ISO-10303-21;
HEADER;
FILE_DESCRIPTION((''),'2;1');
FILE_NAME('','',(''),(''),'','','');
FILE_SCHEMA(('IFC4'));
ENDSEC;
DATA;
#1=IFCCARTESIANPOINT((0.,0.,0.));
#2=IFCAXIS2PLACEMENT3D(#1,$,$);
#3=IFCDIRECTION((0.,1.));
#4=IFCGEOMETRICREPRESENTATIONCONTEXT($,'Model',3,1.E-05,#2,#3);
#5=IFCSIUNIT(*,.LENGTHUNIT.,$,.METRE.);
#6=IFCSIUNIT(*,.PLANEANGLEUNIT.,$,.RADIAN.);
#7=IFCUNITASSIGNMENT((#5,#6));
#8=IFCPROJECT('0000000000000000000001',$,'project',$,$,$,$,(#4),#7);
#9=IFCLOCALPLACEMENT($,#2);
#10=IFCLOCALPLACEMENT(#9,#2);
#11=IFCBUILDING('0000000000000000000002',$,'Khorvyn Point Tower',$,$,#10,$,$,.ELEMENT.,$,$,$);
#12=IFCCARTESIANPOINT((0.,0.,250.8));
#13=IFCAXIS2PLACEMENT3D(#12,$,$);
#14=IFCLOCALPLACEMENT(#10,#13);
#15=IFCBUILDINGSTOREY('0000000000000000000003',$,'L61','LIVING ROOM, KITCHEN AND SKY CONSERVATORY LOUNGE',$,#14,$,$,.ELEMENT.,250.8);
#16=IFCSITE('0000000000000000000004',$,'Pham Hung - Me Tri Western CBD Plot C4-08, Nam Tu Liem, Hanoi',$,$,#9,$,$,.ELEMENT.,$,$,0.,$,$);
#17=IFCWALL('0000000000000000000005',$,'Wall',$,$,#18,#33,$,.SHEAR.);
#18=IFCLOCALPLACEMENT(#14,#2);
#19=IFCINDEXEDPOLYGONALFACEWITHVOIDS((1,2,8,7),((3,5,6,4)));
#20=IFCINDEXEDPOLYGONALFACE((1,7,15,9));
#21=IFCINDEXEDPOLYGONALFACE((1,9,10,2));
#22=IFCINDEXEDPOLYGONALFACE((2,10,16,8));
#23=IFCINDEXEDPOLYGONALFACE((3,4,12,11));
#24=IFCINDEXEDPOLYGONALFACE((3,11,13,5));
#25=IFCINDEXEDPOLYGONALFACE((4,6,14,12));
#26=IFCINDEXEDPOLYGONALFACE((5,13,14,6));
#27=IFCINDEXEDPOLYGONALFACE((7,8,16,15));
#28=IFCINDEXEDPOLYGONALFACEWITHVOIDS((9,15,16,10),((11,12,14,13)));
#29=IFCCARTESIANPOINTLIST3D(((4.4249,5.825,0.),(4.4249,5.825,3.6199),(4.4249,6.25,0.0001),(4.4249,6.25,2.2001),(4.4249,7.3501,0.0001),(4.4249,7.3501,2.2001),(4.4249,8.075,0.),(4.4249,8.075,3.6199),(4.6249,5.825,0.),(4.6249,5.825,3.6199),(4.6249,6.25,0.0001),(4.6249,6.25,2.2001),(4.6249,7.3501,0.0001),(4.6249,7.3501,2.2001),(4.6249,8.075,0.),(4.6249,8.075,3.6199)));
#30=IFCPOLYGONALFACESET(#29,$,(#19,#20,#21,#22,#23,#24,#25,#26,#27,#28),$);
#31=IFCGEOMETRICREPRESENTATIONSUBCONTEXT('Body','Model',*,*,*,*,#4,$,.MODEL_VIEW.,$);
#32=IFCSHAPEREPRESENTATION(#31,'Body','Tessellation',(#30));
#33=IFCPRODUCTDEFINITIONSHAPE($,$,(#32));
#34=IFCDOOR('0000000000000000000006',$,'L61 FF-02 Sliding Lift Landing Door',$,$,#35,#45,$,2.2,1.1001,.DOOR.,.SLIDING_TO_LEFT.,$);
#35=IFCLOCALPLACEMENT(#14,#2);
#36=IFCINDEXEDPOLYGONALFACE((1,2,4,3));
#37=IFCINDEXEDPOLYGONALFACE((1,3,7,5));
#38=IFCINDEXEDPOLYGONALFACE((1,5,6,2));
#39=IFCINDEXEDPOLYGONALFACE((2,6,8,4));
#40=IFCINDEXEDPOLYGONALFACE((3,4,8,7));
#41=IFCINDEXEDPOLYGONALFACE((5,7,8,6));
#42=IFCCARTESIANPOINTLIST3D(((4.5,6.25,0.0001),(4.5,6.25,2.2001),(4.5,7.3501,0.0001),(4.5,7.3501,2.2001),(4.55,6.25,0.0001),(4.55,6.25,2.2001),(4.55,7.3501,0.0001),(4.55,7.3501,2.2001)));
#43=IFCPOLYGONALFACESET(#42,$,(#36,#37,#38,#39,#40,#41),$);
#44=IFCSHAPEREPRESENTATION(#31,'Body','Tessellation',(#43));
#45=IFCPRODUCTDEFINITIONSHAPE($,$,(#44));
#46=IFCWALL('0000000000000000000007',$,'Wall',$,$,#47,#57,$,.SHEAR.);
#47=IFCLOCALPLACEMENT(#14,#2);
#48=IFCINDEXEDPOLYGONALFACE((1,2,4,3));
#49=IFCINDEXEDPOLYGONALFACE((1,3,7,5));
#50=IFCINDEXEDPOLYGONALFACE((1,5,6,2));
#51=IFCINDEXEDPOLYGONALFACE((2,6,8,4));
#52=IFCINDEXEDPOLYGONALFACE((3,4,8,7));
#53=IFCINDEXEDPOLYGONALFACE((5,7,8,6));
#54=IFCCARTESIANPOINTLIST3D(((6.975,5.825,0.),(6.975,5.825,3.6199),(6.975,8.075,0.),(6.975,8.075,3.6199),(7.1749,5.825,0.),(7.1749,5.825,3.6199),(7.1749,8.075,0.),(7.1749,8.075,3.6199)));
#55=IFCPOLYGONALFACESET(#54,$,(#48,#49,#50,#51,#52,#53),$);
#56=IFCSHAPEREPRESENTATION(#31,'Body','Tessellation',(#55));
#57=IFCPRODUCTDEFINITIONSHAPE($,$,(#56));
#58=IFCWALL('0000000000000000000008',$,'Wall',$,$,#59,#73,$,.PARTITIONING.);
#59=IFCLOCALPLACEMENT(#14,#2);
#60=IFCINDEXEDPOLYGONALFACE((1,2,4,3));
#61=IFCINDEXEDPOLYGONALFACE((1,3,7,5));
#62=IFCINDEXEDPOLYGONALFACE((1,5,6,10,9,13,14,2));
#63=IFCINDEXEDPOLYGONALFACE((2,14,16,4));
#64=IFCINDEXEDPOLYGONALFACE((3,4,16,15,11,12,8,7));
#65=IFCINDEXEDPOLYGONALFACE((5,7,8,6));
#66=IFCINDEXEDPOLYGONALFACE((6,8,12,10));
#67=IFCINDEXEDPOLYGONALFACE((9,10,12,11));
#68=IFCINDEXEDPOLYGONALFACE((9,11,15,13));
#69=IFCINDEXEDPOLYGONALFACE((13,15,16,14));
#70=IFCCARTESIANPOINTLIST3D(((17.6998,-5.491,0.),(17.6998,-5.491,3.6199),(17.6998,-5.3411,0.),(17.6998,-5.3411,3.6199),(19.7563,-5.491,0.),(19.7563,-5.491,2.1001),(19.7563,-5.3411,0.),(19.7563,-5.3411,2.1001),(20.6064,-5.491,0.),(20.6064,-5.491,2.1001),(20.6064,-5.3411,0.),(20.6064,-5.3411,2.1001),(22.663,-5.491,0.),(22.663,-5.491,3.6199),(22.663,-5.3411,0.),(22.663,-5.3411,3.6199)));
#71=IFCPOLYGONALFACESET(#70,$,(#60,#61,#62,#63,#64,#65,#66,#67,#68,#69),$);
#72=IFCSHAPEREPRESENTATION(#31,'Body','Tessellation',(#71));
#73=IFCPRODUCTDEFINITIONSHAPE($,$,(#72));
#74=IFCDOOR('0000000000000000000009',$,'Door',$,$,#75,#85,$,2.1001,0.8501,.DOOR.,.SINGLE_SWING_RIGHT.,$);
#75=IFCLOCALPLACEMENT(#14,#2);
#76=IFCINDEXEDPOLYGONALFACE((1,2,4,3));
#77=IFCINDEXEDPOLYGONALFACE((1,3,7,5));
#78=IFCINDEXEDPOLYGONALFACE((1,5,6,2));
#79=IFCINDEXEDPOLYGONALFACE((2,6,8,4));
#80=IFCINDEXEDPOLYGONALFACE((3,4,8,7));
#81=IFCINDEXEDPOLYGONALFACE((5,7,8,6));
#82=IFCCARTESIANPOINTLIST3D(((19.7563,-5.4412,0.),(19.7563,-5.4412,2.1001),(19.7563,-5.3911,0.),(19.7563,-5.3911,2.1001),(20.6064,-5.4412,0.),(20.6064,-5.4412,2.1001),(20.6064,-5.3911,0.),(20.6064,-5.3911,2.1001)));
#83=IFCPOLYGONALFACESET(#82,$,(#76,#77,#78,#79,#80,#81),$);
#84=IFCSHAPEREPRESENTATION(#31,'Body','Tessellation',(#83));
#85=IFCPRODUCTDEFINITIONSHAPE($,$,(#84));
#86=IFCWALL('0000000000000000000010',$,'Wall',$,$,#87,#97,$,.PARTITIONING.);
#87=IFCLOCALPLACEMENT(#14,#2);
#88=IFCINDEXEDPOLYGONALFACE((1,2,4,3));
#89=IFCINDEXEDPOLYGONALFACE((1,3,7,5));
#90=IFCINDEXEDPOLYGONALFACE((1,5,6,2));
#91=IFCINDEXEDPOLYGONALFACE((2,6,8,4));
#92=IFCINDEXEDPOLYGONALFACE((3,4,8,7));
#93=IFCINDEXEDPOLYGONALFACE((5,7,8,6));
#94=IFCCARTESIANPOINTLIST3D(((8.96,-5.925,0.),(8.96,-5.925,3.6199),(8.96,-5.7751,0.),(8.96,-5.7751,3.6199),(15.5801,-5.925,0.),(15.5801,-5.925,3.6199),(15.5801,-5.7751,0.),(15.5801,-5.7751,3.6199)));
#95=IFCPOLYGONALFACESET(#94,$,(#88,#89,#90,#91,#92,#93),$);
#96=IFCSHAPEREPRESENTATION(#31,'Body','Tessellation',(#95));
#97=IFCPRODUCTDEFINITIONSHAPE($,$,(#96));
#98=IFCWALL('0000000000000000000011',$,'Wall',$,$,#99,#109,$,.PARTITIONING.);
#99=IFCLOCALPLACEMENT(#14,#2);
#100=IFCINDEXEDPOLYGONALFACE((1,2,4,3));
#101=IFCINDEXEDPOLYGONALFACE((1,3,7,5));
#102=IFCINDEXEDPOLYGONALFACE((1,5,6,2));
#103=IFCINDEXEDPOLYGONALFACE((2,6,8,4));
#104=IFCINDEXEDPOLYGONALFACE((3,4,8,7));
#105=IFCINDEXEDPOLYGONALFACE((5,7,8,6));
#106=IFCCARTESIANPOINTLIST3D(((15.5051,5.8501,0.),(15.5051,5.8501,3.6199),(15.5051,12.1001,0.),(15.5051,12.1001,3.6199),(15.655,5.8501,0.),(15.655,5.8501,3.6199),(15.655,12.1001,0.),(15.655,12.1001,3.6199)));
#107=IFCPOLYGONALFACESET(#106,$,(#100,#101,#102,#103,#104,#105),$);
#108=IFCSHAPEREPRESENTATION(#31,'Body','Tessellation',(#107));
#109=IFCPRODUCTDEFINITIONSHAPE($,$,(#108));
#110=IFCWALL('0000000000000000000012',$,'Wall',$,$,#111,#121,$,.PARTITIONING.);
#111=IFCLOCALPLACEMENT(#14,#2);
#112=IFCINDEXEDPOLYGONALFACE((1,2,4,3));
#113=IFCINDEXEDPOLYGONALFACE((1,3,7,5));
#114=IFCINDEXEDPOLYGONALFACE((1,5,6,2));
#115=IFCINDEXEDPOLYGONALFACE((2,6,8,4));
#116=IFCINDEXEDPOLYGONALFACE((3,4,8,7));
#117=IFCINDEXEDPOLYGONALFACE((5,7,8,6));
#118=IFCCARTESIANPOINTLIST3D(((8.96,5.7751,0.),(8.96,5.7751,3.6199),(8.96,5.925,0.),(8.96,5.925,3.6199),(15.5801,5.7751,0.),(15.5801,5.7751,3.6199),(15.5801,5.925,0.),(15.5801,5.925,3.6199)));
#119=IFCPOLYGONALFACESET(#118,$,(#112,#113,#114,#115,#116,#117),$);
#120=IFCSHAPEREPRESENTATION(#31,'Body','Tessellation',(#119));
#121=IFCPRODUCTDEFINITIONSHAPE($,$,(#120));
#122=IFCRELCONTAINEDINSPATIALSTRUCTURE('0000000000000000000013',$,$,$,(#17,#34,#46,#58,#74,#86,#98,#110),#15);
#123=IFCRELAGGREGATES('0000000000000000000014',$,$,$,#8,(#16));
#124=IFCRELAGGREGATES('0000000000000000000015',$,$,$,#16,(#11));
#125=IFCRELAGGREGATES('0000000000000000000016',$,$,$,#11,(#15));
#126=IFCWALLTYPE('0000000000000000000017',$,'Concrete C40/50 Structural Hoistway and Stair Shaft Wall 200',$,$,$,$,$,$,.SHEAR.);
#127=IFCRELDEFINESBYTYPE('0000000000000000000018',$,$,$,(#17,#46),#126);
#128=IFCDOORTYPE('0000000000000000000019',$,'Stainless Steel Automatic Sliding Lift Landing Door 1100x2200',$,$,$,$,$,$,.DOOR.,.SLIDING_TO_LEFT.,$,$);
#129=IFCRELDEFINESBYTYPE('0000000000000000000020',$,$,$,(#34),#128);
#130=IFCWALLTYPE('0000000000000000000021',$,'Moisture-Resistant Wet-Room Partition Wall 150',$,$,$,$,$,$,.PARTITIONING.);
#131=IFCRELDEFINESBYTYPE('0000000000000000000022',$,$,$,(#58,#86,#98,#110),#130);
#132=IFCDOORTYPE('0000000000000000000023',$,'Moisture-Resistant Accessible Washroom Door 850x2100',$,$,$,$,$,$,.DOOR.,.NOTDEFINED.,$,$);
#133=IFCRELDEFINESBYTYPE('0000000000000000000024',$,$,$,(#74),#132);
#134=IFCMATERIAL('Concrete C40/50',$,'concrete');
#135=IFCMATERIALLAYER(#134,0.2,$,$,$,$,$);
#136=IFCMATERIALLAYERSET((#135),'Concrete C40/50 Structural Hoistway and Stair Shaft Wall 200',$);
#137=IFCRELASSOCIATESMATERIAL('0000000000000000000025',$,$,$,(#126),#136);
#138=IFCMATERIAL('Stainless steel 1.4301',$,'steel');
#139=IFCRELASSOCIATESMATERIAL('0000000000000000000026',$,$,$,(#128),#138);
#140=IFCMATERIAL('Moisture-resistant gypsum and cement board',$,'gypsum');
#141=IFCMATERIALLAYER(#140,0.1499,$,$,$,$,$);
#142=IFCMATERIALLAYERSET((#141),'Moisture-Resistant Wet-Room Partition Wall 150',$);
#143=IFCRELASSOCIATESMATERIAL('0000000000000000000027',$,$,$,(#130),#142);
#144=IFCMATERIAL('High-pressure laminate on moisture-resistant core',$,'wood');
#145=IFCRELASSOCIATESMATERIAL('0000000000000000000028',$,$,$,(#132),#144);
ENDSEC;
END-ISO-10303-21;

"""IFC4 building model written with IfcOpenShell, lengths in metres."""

from ifc_helpers import new_model, si_unit, direction, frame, frame_2d, origin, place, context, subcontext, project, spatial, rectangle, extrude, material, layer, layer_set, type_object, element, fill, save


model = new_model("IFC4")

# Units and contexts
model_context = context("Model", 3, precision=1e-05, world=origin(), true_north=direction((0.0, 1.0)))
body_context = subcontext(model_context, "Body", "Model", "MODEL_VIEW")
ifc_project = project(units=[si_unit("LENGTHUNIT", "METRE"), si_unit("PLANEANGLEUNIT", "RADIAN")], contexts=[model_context])

# Site, building, storey
site_placement = place(None, origin())
site = spatial("IfcSite", under=ifc_project, at=site_placement, Name="Pham Hung - Me Tri Western CBD Plot C4-08, Nam Tu Liem, Hanoi", CompositionType="ELEMENT", RefElevation=0.0)
building_placement = place(site_placement, origin())
building = spatial("IfcBuilding", under=site, at=building_placement, Name="Khorvyn Point Tower", CompositionType="ELEMENT")
storey_placement = place(building_placement, frame((0.0, 0.0, 250.8)))
storey = spatial("IfcBuildingStorey", under=building, at=storey_placement, Name="L61", Description="LIVING ROOM, KITCHEN AND SKY CONSERVATORY LOUNGE", CompositionType="ELEMENT", Elevation=250.8)

# Shared definitions
ifc_material_1 = material(Name="Concrete C40/50", Category="concrete")

# Wall, opening, door
ifc_layer_1 = layer(ifc_material_1, 0.2)
ifc_layer_set_1 = layer_set([ifc_layer_1], Name="Concrete C40/50 Structural Hoistway and Stair Shaft Wall 200")
wall_type_1 = type_object("IfcWallType", Name="Concrete C40/50 Structural Hoistway and Stair Shaft Wall 200", PredefinedType="SHEAR", material=ifc_layer_set_1)
wall_1_placement = place(storey_placement, frame((4.5249, 5.825, 0.0), z_axis=(0.0, 0.0, 1.0), x_axis=(0.0, 1.0, 0.0)))
wall_1 = element("IfcWall", 1, at=wall_1_placement, inside=storey, type_object=wall_type_1, Name="Wall", PredefinedType="SHEAR", context=body_context, shape_type="SweptSolid", body=[
    extrude(rectangle(XDim=2.25, YDim=0.2, at=frame_2d((1.125, 0.0))), origin(), (0.0, 0.0, 1.0), 3.6199),
])
opening_1_placement = place(wall_1_placement, frame((0.425, 0.0, 0.0)))
opening_1 = element("IfcOpeningElement", 2, at=opening_1_placement, cuts=wall_1, PredefinedType="OPENING", context=body_context, shape_type="SweptSolid", body=[
    extrude(rectangle(XDim=1.1001, YDim=2.2, at=frame_2d((0.55, 1.1001))), frame((0.0, 0.1099, 0.0), z_axis=(0.0, -1.0, 0.0), x_axis=(1.0, 0.0, 0.0)), (0.0, 0.0, 1.0), 0.22),
])
ifc_material_2 = material(Name="Stainless steel 1.4301", Category="steel")
door_type_1 = type_object("IfcDoorType", Name="Stainless Steel Automatic Sliding Lift Landing Door 1100x2200", OperationType="SLIDING_TO_LEFT", PredefinedType="DOOR", material=ifc_material_2)
door_1_placement = place(opening_1_placement, origin())
door_1 = element("IfcDoor", 3, at=door_1_placement, inside=storey, type_object=door_type_1, Name="L61 FF-02 Sliding Lift Landing Door", OperationType="SLIDING_TO_LEFT", OverallHeight=2.2, OverallWidth=1.1001, PredefinedType="DOOR", context=body_context, shape_type="SweptSolid", body=[
    extrude(rectangle(XDim=1.1001, YDim=2.2, at=frame_2d((0.55, 1.1001))), frame((0.0, 0.0249, 0.0), z_axis=(0.0, -1.0, 0.0), x_axis=(1.0, 0.0, 0.0)), (0.0, 0.0, 1.0), 0.05),
])
fill(opening_1, door_1)

# Wall
wall_2_placement = place(storey_placement, frame((7.075, 5.825, 0.0), z_axis=(0.0, 0.0, 1.0), x_axis=(0.0, 1.0, 0.0)))
element("IfcWall", 4, at=wall_2_placement, inside=storey, type_object=wall_type_1, Name="Wall", PredefinedType="SHEAR", context=body_context, shape_type="SweptSolid", body=[
    extrude(rectangle(XDim=2.25, YDim=0.2, at=frame_2d((1.125, 0.0))), origin(), (0.0, 0.0, 1.0), 3.6199),
])

# Wall, opening, door
ifc_material_3 = material(Name="Moisture-resistant gypsum and cement board", Category="gypsum")
ifc_layer_2 = layer(ifc_material_3, 0.1499)
ifc_layer_set_2 = layer_set([ifc_layer_2], Name="Moisture-Resistant Wet-Room Partition Wall 150")
wall_type_2 = type_object("IfcWallType", Name="Moisture-Resistant Wet-Room Partition Wall 150", PredefinedType="PARTITIONING", material=ifc_layer_set_2)
wall_3_placement = place(storey_placement, frame((17.7, -5.416, 0.0), z_axis=(0.0, 0.0, 1.0), x_axis=(1.0, 0.0, 0.0)))
wall_3 = element("IfcWall", 5, at=wall_3_placement, inside=storey, type_object=wall_type_2, Name="Wall", PredefinedType="PARTITIONING", context=body_context, shape_type="SweptSolid", body=[
    extrude(rectangle(XDim=4.9631, YDim=0.1499, at=frame_2d((2.4814, 0.0))), origin(), (0.0, 0.0, 1.0), 3.6199),
])
opening_2_placement = place(wall_3_placement, frame((2.0564, 0.0, 0.0)))
opening_2 = element("IfcOpeningElement", 6, at=opening_2_placement, cuts=wall_3, PredefinedType="OPENING", context=body_context, shape_type="SweptSolid", body=[
    extrude(rectangle(XDim=0.8501, YDim=2.1001, at=frame_2d((0.425, 1.05))), frame((0.0, 0.085, 0.0), z_axis=(0.0, -1.0, 0.0), x_axis=(1.0, 0.0, 0.0)), (0.0, 0.0, 1.0), 0.1699),
])
ifc_material_4 = material(Name="High-pressure laminate on moisture-resistant core", Category="wood")
door_type_2 = type_object("IfcDoorType", Name="Moisture-Resistant Accessible Washroom Door 850x2100", OperationType="NOTDEFINED", PredefinedType="DOOR", material=ifc_material_4)
door_2_placement = place(opening_2_placement, origin())
door_2 = element("IfcDoor", 7, at=door_2_placement, inside=storey, type_object=door_type_2, Name="Door", OperationType="SINGLE_SWING_RIGHT", OverallHeight=2.1001, OverallWidth=0.8501, PredefinedType="DOOR", context=body_context, shape_type="SweptSolid", body=[
    extrude(rectangle(XDim=0.8501, YDim=2.1001, at=frame_2d((0.425, 1.05))), frame((0.0, 0.0249, 0.0), z_axis=(0.0, -1.0, 0.0), x_axis=(1.0, 0.0, 0.0)), (0.0, 0.0, 1.0), 0.05),
])
fill(opening_2, door_2)

# Walls
wall_4_placement = place(storey_placement, frame((8.96, -5.8501, 0.0), z_axis=(0.0, 0.0, 1.0), x_axis=(1.0, 0.0, 0.0)))
element("IfcWall", 8, at=wall_4_placement, inside=storey, type_object=wall_type_2, Name="Wall", PredefinedType="PARTITIONING", context=body_context, shape_type="SweptSolid", body=[
    extrude(rectangle(XDim=6.6201, YDim=0.1499, at=frame_2d((3.3101, 0.0))), origin(), (0.0, 0.0, 1.0), 3.6199),
])
wall_5_placement = place(storey_placement, frame((15.5801, 5.8501, 0.0), z_axis=(0.0, 0.0, 1.0), x_axis=(0.0, 1.0, 0.0)))
element("IfcWall", 9, at=wall_5_placement, inside=storey, type_object=wall_type_2, Name="Wall", PredefinedType="PARTITIONING", context=body_context, shape_type="SweptSolid", body=[
    extrude(rectangle(XDim=6.25, YDim=0.1499, at=frame_2d((3.125, 0.0))), origin(), (0.0, 0.0, 1.0), 3.6199),
])
wall_6_placement = place(storey_placement, frame((8.96, 5.8501, 0.0), z_axis=(0.0, 0.0, 1.0), x_axis=(1.0, 0.0, 0.0)))
element("IfcWall", 10, at=wall_6_placement, inside=storey, type_object=wall_type_2, Name="Wall", PredefinedType="PARTITIONING", context=body_context, shape_type="SweptSolid", body=[
    extrude(rectangle(XDim=6.6201, YDim=0.1499, at=frame_2d((3.3101, 0.0))), origin(), (0.0, 0.0, 1.0), 3.6199),
])

save(model, "model.ifc")
